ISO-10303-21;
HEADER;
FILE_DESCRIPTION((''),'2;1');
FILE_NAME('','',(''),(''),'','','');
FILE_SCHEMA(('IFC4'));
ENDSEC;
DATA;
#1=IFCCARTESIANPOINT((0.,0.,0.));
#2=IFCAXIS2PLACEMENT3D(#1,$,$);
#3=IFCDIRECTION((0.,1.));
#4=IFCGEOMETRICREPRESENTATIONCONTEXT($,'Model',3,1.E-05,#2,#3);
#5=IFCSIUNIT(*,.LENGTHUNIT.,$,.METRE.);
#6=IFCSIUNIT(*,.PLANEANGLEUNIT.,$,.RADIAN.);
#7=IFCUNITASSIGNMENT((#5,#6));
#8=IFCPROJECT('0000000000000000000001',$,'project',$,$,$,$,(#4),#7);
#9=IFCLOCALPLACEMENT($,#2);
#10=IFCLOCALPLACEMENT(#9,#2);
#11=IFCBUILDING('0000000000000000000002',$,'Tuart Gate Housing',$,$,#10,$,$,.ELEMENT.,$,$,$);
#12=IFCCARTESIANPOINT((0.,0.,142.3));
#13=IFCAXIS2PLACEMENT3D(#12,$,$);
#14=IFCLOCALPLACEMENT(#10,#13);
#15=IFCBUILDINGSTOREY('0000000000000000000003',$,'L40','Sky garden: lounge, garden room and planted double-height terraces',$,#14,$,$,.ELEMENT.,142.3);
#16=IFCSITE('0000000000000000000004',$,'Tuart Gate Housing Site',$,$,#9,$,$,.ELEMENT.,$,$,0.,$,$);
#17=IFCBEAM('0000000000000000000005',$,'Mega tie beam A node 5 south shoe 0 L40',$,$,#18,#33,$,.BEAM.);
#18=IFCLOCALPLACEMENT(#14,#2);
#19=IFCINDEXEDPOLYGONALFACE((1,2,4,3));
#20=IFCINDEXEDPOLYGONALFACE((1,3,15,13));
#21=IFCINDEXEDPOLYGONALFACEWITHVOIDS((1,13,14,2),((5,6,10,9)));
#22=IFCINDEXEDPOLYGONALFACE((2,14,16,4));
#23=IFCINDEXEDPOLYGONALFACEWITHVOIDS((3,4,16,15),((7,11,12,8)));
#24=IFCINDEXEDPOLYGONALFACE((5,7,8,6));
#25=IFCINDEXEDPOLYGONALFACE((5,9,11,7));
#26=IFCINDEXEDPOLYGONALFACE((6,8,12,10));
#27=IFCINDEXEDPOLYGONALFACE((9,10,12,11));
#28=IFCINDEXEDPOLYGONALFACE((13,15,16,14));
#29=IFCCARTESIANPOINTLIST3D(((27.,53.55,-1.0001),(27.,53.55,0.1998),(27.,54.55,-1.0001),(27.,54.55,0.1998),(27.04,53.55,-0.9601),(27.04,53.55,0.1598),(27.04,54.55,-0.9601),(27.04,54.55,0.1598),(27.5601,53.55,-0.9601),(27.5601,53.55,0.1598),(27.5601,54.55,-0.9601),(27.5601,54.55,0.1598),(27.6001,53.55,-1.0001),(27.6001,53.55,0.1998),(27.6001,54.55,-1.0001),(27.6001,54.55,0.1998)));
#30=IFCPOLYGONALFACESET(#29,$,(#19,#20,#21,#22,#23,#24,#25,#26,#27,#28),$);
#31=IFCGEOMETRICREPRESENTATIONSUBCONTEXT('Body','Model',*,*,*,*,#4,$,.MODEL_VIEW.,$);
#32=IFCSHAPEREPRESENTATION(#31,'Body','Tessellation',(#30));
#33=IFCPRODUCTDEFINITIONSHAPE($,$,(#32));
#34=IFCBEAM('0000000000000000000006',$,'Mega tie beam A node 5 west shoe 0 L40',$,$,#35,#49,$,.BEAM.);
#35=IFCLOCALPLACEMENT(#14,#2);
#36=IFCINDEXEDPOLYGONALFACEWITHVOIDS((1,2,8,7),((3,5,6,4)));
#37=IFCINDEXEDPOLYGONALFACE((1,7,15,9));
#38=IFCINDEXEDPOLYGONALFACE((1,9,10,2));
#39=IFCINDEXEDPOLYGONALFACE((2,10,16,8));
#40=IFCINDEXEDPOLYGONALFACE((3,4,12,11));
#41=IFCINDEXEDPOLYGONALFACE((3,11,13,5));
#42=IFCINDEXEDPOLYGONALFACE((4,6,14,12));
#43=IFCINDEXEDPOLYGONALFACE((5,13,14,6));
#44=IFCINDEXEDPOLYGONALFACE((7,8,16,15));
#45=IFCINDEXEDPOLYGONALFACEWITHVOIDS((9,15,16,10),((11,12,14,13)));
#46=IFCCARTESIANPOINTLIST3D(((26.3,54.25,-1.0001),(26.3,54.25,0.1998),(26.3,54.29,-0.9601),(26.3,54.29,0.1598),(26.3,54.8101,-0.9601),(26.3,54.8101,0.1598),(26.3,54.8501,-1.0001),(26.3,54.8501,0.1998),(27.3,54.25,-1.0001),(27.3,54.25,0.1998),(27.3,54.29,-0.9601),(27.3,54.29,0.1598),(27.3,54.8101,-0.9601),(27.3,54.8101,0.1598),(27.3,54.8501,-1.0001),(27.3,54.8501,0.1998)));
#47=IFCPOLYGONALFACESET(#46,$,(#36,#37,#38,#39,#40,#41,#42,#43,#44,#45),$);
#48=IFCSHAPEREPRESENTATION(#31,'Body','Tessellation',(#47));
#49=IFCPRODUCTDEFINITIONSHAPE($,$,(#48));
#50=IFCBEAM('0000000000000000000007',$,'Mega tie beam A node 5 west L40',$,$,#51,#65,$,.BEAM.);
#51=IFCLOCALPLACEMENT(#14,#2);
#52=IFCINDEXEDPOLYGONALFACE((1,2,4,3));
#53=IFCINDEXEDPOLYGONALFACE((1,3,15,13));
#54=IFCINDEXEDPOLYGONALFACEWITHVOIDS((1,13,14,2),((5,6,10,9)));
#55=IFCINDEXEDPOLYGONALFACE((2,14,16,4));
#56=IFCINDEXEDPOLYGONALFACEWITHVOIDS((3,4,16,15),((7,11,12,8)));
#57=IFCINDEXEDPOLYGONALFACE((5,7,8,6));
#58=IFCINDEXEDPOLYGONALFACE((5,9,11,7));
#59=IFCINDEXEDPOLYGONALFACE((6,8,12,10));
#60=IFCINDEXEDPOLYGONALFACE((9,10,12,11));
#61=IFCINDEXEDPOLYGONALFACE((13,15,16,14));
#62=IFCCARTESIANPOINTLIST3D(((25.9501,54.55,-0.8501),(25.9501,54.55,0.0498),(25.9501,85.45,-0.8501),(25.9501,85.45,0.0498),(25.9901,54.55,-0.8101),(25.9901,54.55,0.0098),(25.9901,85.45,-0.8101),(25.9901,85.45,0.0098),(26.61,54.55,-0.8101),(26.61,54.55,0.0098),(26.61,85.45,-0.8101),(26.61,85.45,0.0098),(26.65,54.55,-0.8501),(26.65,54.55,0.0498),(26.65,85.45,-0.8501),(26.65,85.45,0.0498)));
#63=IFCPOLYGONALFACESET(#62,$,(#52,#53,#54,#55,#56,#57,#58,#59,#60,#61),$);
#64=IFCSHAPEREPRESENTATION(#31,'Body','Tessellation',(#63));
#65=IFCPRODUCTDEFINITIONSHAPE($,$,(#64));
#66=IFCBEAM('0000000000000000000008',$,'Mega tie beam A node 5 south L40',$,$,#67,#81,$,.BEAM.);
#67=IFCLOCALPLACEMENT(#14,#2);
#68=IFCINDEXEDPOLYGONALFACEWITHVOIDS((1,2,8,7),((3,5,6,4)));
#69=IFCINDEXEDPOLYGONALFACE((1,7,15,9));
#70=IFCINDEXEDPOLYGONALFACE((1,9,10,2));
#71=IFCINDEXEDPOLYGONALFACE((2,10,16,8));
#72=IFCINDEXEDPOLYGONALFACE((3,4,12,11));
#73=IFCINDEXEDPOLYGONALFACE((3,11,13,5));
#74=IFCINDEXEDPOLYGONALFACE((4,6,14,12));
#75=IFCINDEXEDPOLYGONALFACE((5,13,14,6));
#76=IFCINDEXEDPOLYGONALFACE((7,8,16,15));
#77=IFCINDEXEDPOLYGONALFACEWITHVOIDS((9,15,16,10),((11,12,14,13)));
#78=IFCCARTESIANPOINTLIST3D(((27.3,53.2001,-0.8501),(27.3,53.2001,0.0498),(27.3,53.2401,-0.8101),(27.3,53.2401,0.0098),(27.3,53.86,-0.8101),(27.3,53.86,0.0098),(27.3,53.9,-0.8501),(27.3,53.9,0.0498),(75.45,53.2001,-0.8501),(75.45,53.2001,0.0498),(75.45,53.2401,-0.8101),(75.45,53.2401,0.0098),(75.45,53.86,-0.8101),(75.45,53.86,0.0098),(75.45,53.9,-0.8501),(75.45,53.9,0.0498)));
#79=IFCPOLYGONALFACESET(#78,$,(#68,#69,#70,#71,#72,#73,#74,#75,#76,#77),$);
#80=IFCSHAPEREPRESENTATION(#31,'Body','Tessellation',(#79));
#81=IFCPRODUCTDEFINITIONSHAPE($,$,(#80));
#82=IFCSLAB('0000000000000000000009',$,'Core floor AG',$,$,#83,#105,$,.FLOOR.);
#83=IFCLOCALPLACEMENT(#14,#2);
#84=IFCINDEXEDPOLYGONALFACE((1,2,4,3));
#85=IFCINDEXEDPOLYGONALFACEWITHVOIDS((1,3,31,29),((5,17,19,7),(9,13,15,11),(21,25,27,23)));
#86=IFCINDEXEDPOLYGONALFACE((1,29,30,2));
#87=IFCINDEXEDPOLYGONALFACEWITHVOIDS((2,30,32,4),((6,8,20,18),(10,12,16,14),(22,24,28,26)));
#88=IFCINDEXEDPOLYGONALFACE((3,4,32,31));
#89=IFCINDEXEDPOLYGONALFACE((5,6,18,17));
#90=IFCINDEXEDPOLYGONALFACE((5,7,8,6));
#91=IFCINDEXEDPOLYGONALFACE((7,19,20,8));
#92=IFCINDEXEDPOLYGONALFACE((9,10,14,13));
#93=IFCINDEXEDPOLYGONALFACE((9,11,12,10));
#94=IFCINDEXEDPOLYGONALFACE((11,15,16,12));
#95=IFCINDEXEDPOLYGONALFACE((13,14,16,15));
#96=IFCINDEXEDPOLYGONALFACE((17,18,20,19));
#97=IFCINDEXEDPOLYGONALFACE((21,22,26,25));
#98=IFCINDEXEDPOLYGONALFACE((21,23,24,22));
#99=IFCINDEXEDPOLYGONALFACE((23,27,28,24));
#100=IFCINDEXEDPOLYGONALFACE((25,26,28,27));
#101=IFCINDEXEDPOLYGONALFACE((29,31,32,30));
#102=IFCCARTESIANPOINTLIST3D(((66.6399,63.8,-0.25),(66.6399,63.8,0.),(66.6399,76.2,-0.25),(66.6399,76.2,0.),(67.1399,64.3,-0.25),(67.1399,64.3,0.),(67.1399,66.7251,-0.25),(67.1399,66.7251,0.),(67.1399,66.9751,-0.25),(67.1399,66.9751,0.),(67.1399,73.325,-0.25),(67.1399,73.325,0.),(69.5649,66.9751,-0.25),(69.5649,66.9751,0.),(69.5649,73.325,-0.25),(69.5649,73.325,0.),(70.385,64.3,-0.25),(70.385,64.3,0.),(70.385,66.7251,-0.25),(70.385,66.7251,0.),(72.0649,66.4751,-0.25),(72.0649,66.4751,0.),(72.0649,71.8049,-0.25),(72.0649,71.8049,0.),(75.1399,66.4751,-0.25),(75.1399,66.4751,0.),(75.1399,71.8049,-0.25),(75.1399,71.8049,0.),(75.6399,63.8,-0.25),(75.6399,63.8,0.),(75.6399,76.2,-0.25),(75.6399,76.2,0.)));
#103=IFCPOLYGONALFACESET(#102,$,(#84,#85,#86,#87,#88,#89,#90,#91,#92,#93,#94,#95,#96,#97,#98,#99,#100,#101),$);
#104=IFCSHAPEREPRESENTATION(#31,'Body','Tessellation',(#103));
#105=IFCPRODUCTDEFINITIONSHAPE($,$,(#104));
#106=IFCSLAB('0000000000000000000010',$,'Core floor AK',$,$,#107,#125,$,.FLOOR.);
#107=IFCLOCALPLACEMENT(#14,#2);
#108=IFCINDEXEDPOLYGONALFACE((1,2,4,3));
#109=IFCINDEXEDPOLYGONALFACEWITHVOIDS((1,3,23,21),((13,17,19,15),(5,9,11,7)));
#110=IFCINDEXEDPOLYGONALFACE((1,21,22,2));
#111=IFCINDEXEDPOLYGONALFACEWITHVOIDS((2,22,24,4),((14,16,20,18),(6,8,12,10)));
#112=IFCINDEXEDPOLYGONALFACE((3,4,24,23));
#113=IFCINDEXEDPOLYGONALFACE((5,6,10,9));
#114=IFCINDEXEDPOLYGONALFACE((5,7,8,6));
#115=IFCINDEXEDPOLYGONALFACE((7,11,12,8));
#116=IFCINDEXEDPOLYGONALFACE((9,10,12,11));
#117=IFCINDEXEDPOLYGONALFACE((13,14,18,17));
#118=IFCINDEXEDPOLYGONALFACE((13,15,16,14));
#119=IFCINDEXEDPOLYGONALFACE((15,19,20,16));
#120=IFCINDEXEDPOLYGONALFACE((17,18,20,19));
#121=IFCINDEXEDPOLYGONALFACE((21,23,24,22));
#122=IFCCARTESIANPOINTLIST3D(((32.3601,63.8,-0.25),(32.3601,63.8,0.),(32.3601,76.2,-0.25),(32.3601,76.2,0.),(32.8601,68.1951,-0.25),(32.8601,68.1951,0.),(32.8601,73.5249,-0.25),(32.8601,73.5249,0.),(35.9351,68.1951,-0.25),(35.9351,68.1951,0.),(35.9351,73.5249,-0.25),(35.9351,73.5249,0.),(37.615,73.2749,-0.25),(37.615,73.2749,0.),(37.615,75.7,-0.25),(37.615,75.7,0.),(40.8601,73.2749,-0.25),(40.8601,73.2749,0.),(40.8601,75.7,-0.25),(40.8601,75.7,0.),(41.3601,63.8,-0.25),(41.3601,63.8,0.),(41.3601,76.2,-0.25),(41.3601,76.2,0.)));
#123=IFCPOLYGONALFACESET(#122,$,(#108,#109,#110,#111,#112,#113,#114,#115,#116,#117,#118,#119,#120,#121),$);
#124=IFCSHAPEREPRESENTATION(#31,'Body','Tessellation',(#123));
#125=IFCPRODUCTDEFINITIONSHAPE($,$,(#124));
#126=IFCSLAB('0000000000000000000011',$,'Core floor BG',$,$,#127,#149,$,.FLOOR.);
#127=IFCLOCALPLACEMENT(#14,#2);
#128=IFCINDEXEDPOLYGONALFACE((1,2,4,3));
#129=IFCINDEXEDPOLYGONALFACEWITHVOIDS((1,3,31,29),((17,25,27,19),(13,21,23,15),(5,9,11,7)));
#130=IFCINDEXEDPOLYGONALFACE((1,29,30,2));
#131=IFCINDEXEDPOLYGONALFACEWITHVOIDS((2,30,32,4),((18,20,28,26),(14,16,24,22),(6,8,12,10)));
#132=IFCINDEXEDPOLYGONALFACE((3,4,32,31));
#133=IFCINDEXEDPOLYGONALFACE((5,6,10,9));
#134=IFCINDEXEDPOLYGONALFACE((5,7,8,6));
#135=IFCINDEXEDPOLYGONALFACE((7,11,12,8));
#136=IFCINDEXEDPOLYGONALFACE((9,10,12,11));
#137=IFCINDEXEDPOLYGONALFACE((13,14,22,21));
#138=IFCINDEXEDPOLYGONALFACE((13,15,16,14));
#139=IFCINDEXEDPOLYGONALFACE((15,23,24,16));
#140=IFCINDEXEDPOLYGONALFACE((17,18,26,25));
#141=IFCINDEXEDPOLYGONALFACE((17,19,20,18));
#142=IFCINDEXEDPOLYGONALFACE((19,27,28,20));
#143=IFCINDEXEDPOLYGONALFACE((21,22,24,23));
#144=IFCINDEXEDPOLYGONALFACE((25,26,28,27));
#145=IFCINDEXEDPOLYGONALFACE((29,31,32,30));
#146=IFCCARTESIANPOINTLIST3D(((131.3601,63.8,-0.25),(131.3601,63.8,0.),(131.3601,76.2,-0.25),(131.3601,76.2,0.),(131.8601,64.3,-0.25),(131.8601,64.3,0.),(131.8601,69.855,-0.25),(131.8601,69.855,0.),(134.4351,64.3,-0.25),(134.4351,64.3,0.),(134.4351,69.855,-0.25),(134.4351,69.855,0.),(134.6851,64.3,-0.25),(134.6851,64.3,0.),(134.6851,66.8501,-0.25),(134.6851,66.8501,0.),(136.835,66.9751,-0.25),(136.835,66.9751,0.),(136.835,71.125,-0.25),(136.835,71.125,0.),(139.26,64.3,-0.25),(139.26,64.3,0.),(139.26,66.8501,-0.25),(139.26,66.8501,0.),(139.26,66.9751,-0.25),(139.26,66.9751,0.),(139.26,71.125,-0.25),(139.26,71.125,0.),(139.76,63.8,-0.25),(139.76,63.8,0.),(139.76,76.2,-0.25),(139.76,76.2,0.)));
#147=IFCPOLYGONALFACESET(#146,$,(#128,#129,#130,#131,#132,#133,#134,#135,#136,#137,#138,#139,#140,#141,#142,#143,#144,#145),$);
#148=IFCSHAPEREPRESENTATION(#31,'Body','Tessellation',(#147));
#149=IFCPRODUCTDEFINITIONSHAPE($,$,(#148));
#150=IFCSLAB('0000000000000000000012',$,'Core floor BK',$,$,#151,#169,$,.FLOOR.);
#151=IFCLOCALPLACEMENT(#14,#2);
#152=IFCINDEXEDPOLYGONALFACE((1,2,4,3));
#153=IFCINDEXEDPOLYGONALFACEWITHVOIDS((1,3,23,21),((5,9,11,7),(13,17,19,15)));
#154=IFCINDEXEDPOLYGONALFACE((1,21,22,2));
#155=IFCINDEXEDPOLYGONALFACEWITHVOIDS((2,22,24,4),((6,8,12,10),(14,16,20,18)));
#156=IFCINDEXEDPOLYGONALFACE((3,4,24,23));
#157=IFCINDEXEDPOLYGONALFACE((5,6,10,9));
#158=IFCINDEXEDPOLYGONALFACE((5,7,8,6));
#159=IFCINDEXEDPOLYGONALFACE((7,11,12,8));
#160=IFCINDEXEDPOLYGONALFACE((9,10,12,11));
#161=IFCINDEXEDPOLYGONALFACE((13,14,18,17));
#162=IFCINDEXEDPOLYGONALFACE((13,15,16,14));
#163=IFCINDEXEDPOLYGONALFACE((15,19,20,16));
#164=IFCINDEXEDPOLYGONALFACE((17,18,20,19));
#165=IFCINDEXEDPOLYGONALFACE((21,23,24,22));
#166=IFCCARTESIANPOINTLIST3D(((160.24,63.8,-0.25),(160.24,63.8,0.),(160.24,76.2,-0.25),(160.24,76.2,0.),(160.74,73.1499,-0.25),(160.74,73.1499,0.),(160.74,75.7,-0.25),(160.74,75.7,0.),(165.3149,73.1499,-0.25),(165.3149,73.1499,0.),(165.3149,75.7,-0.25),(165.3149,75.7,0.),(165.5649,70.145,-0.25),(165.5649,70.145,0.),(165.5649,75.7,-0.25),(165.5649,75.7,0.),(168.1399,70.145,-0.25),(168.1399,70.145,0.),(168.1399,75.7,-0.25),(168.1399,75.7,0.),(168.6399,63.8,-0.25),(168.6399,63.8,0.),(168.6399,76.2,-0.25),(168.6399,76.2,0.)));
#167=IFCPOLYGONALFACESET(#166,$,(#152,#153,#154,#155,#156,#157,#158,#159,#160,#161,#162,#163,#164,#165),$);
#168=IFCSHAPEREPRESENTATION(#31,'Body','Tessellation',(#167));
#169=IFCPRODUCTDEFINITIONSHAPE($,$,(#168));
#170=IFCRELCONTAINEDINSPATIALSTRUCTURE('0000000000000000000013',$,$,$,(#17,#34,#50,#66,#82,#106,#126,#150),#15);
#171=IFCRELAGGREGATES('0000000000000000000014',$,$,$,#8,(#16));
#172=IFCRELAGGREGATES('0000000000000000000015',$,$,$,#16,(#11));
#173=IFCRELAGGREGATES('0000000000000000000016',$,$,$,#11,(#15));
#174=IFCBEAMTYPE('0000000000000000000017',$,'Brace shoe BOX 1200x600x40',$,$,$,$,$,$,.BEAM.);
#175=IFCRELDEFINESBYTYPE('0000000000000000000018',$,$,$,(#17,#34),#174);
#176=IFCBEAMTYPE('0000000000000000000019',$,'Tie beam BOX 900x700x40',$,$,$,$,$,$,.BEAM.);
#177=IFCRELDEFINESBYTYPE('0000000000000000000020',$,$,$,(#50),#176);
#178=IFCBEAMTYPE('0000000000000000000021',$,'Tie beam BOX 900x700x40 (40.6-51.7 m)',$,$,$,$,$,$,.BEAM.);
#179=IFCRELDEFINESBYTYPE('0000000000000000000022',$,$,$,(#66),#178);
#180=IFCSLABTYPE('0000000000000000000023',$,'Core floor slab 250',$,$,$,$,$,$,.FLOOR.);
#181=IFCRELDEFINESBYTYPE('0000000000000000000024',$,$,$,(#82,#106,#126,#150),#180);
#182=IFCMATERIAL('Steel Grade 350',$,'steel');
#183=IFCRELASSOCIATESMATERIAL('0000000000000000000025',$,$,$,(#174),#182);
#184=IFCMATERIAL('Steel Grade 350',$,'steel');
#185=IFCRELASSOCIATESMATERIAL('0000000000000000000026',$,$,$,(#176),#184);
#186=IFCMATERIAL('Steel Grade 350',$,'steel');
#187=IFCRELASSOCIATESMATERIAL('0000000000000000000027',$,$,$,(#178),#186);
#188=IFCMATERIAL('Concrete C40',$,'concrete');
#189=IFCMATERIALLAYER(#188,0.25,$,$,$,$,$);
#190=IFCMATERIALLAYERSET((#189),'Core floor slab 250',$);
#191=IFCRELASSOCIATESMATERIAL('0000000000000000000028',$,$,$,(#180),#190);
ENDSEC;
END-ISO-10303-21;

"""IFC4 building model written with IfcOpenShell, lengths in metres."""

from ifc_helpers import new_model, si_unit, direction, frame, origin, origin_2d, place, context, subcontext, project, spatial, polyline, hollow_rectangle, outline, extrude, material, layer, layer_set, material_profile, profile_set, type_object, element, save


model = new_model("IFC4")

# Units and contexts
model_context = context("Model", 3, precision=1e-05, world=origin(), true_north=direction((0.0, 1.0)))
body_context = subcontext(model_context, "Body", "Model", "MODEL_VIEW")
ifc_project = project(units=[si_unit("LENGTHUNIT", "METRE"), si_unit("PLANEANGLEUNIT", "RADIAN")], contexts=[model_context])

# Site, building, storey
site_placement = place(None, origin())
site = spatial("IfcSite", under=ifc_project, at=site_placement, Name="Tuart Gate Housing Site", CompositionType="ELEMENT", RefElevation=0.0)
building_placement = place(site_placement, origin())
building = spatial("IfcBuilding", under=site, at=building_placement, Name="Tuart Gate Housing", CompositionType="ELEMENT")
storey_placement = place(building_placement, frame((0.0, 0.0, 142.3)))
storey = spatial("IfcBuildingStorey", under=building, at=storey_placement, Name="L40", Description="Sky garden: lounge, garden room and planted double-height terraces", CompositionType="ELEMENT", Elevation=142.3)

# Beams
ifc_material_1 = material(Name="Steel Grade 350", Category="steel")
ifc_material_profile_1 = material_profile(ifc_material_1, hollow_rectangle(XDim=0.6001, YDim=1.2, WallThickness=0.04, at=origin_2d()), Name="BOX 1200x600x40")
ifc_profile_set_1 = profile_set([ifc_material_profile_1], Name="Steel Grade 350")
beam_type_1 = type_object("IfcBeamType", Name="Brace shoe BOX 1200x600x40", PredefinedType="BEAM", material=ifc_profile_set_1)
for number, where, z_axis, x_axis, name in (
    (1, (27.3, 54.55, -0.4001), (0.0, -1.0, 0.0), (1.0, 0.0, 0.0), "Mega tie beam A node 5 south shoe 0 L40"),
    (2, (27.3, 54.55, -0.4001), (-1.0, 0.0, 0.0), (0.0, -1.0, 0.0), "Mega tie beam A node 5 west shoe 0 L40"),
):
    element("IfcBeam", number, at=place(storey_placement, frame(where, z_axis=z_axis, x_axis=x_axis)), inside=storey, type_object=beam_type_1, Name=name, PredefinedType="BEAM", context=body_context, shape_type="SweptSolid", body=[
        extrude(hollow_rectangle(XDim=0.6001, YDim=1.2, WallThickness=0.04, at=origin_2d()), origin(), (0.0, 0.0, 1.0), 1.0),
    ])
ifc_material_2 = material(Name="Steel Grade 350", Category="steel")
ifc_material_profile_2 = material_profile(ifc_material_2, hollow_rectangle(XDim=0.7, YDim=0.8999, WallThickness=0.04, at=origin_2d()), Name="BOX 900x700x40")
ifc_profile_set_2 = profile_set([ifc_material_profile_2], Name="Steel Grade 350")
beam_type_2 = type_object("IfcBeamType", Name="Tie beam BOX 900x700x40", PredefinedType="BEAM", material=ifc_profile_set_2)
beam_1_placement = place(storey_placement, frame((26.3, 54.55, -0.4001), z_axis=(0.0, 1.0, 0.0), x_axis=(-1.0, 0.0, 0.0)))
element("IfcBeam", 3, at=beam_1_placement, inside=storey, type_object=beam_type_2, Name="Mega tie beam A node 5 west L40", PredefinedType="BEAM", context=body_context, shape_type="SweptSolid", body=[
    extrude(hollow_rectangle(XDim=0.7, YDim=0.8999, WallThickness=0.04, at=origin_2d()), origin(), (0.0, 0.0, 1.0), 30.8999),
])
ifc_material_3 = material(Name="Steel Grade 350", Category="steel")
ifc_material_profile_3 = material_profile(ifc_material_3, hollow_rectangle(XDim=0.7, YDim=0.8999, WallThickness=0.04, at=origin_2d()), Name="BOX 900x700x40")
ifc_profile_set_3 = profile_set([ifc_material_profile_3], Name="Steel Grade 350")
beam_type_3 = type_object("IfcBeamType", Name="Tie beam BOX 900x700x40 (40.6-51.7 m)", PredefinedType="BEAM", material=ifc_profile_set_3)
beam_2_placement = place(storey_placement, frame((27.3, 53.55, -0.4001), z_axis=(1.0, 0.0, 0.0), x_axis=(0.0, 1.0, 0.0)))
element("IfcBeam", 4, at=beam_2_placement, inside=storey, type_object=beam_type_3, Name="Mega tie beam A node 5 south L40", PredefinedType="BEAM", context=body_context, shape_type="SweptSolid", body=[
    extrude(hollow_rectangle(XDim=0.7, YDim=0.8999, WallThickness=0.04, at=origin_2d()), origin(), (0.0, 0.0, 1.0), 48.1499),
])

# Slabs
ifc_material_4 = material(Name="Concrete C40", Category="concrete")
ifc_layer_1 = layer(ifc_material_4, 0.25)
ifc_layer_set_1 = layer_set([ifc_layer_1], Name="Core floor slab 250")
slab_type_1 = type_object("IfcSlabType", Name="Core floor slab 250", PredefinedType="FLOOR", material=ifc_layer_set_1)
slab_1_placement = place(storey_placement, frame((0.0, 0.0, -0.25)))
element("IfcSlab", 5, at=slab_1_placement, inside=storey, type_object=slab_type_1, Name="Core floor AG", PredefinedType="FLOOR", context=body_context, shape_type="SweptSolid", body=[
    extrude(outline(polyline([(66.6399, 63.8), (75.6399, 63.8), (75.6399, 76.2), (66.6399, 76.2), (66.6399, 63.8)]), holes=[polyline([(67.1399, 64.3), (70.385, 64.3), (70.385, 66.7251), (67.1399, 66.7251), (67.1399, 64.3)]), polyline([(67.1399, 66.9751), (69.5649, 66.9751), (69.5649, 73.325), (67.1399, 73.325), (67.1399, 66.9751)]), polyline([(72.0649, 66.4751), (75.1399, 66.4751), (75.1399, 71.8049), (72.0649, 71.8049), (72.0649, 66.4751)])]), origin(), (0.0, 0.0, 1.0), 0.25),
])
slab_2_placement = place(storey_placement, frame((0.0, 0.0, -0.25)))
element("IfcSlab", 6, at=slab_2_placement, inside=storey, type_object=slab_type_1, Name="Core floor AK", PredefinedType="FLOOR", context=body_context, shape_type="SweptSolid", body=[
    extrude(outline(polyline([(32.3601, 63.8), (41.3601, 63.8), (41.3601, 76.2), (32.3601, 76.2), (32.3601, 63.8)]), holes=[polyline([(40.8601, 75.7), (37.615, 75.7), (37.615, 73.2749), (40.8601, 73.2749), (40.8601, 75.7)]), polyline([(35.9351, 73.5249), (32.8601, 73.5249), (32.8601, 68.1951), (35.9351, 68.1951), (35.9351, 73.5249)])]), origin(), (0.0, 0.0, 1.0), 0.25),
])
slab_3_placement = place(storey_placement, frame((0.0, 0.0, -0.25)))
element("IfcSlab", 7, at=slab_3_placement, inside=storey, type_object=slab_type_1, Name="Core floor BG", PredefinedType="FLOOR", context=body_context, shape_type="SweptSolid", body=[
    extrude(outline(polyline([(131.3601, 63.8), (139.76, 63.8), (139.76, 76.2), (131.3601, 76.2), (131.3601, 63.8)]), holes=[polyline([(139.26, 66.8501), (134.6851, 66.8501), (134.6851, 64.3), (139.26, 64.3), (139.26, 66.8501)]), polyline([(139.26, 71.125), (136.835, 71.125), (136.835, 66.9751), (139.26, 66.9751), (139.26, 71.125)]), polyline([(134.4351, 69.855), (131.8601, 69.855), (131.8601, 64.3), (134.4351, 64.3), (134.4351, 69.855)])]), origin(), (0.0, 0.0, 1.0), 0.25),
])
slab_4_placement = place(storey_placement, frame((0.0, 0.0, -0.25)))
element("IfcSlab", 8, at=slab_4_placement, inside=storey, type_object=slab_type_1, Name="Core floor BK", PredefinedType="FLOOR", context=body_context, shape_type="SweptSolid", body=[
    extrude(outline(polyline([(160.24, 63.8), (168.6399, 63.8), (168.6399, 76.2), (160.24, 76.2), (160.24, 63.8)]), holes=[polyline([(160.74, 73.1499), (165.3149, 73.1499), (165.3149, 75.7), (160.74, 75.7), (160.74, 73.1499)]), polyline([(165.5649, 70.145), (168.1399, 70.145), (168.1399, 75.7), (165.5649, 75.7), (165.5649, 70.145)])]), origin(), (0.0, 0.0, 1.0), 0.25),
])

save(model, "model.ifc")
